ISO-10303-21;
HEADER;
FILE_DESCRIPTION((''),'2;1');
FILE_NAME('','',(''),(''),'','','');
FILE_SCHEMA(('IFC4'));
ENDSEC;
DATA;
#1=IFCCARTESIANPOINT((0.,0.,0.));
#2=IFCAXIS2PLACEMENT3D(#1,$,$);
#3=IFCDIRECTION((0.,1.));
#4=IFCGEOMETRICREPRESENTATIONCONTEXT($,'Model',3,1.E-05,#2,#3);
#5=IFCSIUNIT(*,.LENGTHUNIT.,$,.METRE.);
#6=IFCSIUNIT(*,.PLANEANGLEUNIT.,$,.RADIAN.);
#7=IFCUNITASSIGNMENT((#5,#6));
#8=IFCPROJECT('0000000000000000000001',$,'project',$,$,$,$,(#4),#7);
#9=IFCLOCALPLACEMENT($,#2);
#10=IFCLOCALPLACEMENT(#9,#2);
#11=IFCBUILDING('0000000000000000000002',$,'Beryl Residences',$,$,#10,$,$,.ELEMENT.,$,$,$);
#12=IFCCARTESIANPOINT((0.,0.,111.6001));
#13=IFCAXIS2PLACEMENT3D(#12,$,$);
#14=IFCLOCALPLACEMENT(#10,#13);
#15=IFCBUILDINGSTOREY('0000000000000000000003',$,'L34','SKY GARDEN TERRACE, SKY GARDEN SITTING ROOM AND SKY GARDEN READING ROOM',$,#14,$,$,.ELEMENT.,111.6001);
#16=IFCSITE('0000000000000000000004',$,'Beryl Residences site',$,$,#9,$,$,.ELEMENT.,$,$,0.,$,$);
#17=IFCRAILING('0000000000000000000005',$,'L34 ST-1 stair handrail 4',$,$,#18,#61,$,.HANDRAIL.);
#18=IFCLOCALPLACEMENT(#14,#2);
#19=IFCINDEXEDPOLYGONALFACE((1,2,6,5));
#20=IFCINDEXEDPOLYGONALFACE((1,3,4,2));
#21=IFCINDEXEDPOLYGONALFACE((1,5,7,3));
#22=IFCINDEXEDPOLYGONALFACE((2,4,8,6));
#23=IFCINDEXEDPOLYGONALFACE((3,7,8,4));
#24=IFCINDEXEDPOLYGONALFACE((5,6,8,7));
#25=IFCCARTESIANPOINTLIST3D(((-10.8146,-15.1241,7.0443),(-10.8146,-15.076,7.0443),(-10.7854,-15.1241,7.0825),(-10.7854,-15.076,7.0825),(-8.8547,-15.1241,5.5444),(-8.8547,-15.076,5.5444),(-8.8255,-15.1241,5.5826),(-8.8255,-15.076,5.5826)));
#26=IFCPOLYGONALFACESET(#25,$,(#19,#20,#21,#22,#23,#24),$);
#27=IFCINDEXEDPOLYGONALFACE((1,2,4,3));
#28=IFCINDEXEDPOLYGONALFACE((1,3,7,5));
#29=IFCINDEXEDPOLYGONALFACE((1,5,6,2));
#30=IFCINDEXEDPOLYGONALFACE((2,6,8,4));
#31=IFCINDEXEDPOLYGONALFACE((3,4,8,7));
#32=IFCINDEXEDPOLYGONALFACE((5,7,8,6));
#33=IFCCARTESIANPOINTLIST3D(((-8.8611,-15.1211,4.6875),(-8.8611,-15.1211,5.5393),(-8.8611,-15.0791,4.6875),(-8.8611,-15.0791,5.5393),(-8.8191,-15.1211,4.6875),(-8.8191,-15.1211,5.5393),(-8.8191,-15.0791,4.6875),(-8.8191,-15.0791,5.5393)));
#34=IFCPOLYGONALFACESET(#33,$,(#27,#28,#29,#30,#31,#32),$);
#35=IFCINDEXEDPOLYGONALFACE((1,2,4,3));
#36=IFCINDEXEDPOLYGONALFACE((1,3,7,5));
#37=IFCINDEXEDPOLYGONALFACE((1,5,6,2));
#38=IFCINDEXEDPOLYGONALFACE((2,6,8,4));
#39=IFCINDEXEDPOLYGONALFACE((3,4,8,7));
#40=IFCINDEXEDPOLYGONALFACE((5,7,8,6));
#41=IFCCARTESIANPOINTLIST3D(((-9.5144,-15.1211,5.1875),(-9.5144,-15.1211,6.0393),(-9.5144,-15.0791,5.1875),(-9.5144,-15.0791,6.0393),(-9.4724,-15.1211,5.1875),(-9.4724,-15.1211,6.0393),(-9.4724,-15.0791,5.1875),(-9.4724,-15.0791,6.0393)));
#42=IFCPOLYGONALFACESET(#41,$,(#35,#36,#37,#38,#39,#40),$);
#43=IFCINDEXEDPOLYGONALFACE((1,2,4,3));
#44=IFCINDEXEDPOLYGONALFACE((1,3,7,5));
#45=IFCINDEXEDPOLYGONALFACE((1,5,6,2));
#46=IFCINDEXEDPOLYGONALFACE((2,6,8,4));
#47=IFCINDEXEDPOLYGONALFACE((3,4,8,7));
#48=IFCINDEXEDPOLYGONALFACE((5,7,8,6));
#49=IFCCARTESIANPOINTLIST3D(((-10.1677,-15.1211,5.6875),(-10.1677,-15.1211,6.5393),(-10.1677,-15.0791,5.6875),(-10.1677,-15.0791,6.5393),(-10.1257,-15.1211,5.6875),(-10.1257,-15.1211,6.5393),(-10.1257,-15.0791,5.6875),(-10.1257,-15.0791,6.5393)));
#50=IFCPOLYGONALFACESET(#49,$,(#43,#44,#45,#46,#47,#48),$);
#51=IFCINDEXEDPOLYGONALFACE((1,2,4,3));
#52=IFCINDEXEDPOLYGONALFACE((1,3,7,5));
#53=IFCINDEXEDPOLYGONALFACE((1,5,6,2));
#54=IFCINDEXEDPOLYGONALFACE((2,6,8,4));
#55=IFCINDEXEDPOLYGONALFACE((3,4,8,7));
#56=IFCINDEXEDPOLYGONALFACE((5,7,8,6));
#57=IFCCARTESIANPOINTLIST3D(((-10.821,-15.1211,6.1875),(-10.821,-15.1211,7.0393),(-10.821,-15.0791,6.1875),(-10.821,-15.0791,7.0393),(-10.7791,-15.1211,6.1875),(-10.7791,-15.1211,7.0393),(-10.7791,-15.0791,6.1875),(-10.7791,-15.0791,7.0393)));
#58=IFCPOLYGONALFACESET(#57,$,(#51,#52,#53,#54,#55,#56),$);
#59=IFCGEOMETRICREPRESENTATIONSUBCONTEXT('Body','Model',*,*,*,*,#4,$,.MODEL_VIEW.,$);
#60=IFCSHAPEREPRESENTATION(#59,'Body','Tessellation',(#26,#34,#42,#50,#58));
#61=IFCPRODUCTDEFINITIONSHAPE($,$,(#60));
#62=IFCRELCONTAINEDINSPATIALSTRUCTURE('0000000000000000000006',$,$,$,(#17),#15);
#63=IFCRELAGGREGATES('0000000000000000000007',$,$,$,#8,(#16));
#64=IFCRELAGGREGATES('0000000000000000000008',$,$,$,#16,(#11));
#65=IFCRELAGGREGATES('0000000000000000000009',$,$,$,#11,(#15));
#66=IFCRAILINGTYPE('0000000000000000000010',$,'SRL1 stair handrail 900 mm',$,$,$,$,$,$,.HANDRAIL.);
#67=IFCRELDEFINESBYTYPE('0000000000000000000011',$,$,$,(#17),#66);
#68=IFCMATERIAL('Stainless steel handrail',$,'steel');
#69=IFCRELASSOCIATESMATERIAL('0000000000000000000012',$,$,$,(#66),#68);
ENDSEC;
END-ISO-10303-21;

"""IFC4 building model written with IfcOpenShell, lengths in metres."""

from ifc_helpers import new_model, si_unit, direction, frame, origin, origin_2d, place, context, subcontext, project, spatial, rectangle, extrude, material, type_object, element, save


model = new_model("IFC4")

# Units and contexts
model_context = context("Model", 3, precision=1e-05, world=origin(), true_north=direction((0.0, 1.0)))
body_context = subcontext(model_context, "Body", "Model", "MODEL_VIEW")
ifc_project = project(units=[si_unit("LENGTHUNIT", "METRE"), si_unit("PLANEANGLEUNIT", "RADIAN")], contexts=[model_context])

# Site, building, storey
site_placement = place(None, origin())
site = spatial("IfcSite", under=ifc_project, at=site_placement, Name="Beryl Residences site", CompositionType="ELEMENT", RefElevation=0.0)
building_placement = place(site_placement, origin())
building = spatial("IfcBuilding", under=site, at=building_placement, Name="Beryl Residences", CompositionType="ELEMENT")
storey_placement = place(building_placement, frame((0.0, 0.0, 111.6001)))
storey = spatial("IfcBuildingStorey", under=building, at=storey_placement, Name="L34", Description="SKY GARDEN TERRACE, SKY GARDEN SITTING ROOM AND SKY GARDEN READING ROOM", CompositionType="ELEMENT", Elevation=111.6001)

# Railing
ifc_material_1 = material(Name="Stainless steel handrail", Category="steel")
railing_type_1 = type_object("IfcRailingType", Name="SRL1 stair handrail 900 mm", PredefinedType="HANDRAIL", material=ifc_material_1)
railing_1_placement = place(storey_placement, frame((-8.8401, -15.1001, 4.6875)))
element("IfcRailing", 1, at=railing_1_placement, inside=storey, type_object=railing_type_1, Name="L34 ST-1 stair handrail 4", PredefinedType="HANDRAIL", context=body_context, shape_type="SweptSolid", body=[
    extrude(rectangle(XDim=0.0481, YDim=0.0481, at=origin_2d()), frame((0.0, 0.0, 0.876), z_axis=(-0.794122, 0.0, 0.607758), x_axis=(0.0, -1.0, 0.0)), (0.0, 0.0, 1.0), 2.468),
    extrude(rectangle(XDim=0.042, YDim=0.042, at=origin_2d()), origin(), (0.0, 0.0, 1.0), 0.8518),
    extrude(rectangle(XDim=0.042, YDim=0.042, at=origin_2d()), frame((-0.6533, 0.0, 0.5)), (0.0, 0.0, 1.0), 0.8518),
    extrude(rectangle(XDim=0.042, YDim=0.042, at=origin_2d()), frame((-1.3066, 0.0, 1.0)), (0.0, 0.0, 1.0), 0.8518),
    extrude(rectangle(XDim=0.042, YDim=0.042, at=origin_2d()), frame((-1.96, 0.0, 1.5)), (0.0, 0.0, 1.0), 0.8518),
])

save(model, "model.ifc")
